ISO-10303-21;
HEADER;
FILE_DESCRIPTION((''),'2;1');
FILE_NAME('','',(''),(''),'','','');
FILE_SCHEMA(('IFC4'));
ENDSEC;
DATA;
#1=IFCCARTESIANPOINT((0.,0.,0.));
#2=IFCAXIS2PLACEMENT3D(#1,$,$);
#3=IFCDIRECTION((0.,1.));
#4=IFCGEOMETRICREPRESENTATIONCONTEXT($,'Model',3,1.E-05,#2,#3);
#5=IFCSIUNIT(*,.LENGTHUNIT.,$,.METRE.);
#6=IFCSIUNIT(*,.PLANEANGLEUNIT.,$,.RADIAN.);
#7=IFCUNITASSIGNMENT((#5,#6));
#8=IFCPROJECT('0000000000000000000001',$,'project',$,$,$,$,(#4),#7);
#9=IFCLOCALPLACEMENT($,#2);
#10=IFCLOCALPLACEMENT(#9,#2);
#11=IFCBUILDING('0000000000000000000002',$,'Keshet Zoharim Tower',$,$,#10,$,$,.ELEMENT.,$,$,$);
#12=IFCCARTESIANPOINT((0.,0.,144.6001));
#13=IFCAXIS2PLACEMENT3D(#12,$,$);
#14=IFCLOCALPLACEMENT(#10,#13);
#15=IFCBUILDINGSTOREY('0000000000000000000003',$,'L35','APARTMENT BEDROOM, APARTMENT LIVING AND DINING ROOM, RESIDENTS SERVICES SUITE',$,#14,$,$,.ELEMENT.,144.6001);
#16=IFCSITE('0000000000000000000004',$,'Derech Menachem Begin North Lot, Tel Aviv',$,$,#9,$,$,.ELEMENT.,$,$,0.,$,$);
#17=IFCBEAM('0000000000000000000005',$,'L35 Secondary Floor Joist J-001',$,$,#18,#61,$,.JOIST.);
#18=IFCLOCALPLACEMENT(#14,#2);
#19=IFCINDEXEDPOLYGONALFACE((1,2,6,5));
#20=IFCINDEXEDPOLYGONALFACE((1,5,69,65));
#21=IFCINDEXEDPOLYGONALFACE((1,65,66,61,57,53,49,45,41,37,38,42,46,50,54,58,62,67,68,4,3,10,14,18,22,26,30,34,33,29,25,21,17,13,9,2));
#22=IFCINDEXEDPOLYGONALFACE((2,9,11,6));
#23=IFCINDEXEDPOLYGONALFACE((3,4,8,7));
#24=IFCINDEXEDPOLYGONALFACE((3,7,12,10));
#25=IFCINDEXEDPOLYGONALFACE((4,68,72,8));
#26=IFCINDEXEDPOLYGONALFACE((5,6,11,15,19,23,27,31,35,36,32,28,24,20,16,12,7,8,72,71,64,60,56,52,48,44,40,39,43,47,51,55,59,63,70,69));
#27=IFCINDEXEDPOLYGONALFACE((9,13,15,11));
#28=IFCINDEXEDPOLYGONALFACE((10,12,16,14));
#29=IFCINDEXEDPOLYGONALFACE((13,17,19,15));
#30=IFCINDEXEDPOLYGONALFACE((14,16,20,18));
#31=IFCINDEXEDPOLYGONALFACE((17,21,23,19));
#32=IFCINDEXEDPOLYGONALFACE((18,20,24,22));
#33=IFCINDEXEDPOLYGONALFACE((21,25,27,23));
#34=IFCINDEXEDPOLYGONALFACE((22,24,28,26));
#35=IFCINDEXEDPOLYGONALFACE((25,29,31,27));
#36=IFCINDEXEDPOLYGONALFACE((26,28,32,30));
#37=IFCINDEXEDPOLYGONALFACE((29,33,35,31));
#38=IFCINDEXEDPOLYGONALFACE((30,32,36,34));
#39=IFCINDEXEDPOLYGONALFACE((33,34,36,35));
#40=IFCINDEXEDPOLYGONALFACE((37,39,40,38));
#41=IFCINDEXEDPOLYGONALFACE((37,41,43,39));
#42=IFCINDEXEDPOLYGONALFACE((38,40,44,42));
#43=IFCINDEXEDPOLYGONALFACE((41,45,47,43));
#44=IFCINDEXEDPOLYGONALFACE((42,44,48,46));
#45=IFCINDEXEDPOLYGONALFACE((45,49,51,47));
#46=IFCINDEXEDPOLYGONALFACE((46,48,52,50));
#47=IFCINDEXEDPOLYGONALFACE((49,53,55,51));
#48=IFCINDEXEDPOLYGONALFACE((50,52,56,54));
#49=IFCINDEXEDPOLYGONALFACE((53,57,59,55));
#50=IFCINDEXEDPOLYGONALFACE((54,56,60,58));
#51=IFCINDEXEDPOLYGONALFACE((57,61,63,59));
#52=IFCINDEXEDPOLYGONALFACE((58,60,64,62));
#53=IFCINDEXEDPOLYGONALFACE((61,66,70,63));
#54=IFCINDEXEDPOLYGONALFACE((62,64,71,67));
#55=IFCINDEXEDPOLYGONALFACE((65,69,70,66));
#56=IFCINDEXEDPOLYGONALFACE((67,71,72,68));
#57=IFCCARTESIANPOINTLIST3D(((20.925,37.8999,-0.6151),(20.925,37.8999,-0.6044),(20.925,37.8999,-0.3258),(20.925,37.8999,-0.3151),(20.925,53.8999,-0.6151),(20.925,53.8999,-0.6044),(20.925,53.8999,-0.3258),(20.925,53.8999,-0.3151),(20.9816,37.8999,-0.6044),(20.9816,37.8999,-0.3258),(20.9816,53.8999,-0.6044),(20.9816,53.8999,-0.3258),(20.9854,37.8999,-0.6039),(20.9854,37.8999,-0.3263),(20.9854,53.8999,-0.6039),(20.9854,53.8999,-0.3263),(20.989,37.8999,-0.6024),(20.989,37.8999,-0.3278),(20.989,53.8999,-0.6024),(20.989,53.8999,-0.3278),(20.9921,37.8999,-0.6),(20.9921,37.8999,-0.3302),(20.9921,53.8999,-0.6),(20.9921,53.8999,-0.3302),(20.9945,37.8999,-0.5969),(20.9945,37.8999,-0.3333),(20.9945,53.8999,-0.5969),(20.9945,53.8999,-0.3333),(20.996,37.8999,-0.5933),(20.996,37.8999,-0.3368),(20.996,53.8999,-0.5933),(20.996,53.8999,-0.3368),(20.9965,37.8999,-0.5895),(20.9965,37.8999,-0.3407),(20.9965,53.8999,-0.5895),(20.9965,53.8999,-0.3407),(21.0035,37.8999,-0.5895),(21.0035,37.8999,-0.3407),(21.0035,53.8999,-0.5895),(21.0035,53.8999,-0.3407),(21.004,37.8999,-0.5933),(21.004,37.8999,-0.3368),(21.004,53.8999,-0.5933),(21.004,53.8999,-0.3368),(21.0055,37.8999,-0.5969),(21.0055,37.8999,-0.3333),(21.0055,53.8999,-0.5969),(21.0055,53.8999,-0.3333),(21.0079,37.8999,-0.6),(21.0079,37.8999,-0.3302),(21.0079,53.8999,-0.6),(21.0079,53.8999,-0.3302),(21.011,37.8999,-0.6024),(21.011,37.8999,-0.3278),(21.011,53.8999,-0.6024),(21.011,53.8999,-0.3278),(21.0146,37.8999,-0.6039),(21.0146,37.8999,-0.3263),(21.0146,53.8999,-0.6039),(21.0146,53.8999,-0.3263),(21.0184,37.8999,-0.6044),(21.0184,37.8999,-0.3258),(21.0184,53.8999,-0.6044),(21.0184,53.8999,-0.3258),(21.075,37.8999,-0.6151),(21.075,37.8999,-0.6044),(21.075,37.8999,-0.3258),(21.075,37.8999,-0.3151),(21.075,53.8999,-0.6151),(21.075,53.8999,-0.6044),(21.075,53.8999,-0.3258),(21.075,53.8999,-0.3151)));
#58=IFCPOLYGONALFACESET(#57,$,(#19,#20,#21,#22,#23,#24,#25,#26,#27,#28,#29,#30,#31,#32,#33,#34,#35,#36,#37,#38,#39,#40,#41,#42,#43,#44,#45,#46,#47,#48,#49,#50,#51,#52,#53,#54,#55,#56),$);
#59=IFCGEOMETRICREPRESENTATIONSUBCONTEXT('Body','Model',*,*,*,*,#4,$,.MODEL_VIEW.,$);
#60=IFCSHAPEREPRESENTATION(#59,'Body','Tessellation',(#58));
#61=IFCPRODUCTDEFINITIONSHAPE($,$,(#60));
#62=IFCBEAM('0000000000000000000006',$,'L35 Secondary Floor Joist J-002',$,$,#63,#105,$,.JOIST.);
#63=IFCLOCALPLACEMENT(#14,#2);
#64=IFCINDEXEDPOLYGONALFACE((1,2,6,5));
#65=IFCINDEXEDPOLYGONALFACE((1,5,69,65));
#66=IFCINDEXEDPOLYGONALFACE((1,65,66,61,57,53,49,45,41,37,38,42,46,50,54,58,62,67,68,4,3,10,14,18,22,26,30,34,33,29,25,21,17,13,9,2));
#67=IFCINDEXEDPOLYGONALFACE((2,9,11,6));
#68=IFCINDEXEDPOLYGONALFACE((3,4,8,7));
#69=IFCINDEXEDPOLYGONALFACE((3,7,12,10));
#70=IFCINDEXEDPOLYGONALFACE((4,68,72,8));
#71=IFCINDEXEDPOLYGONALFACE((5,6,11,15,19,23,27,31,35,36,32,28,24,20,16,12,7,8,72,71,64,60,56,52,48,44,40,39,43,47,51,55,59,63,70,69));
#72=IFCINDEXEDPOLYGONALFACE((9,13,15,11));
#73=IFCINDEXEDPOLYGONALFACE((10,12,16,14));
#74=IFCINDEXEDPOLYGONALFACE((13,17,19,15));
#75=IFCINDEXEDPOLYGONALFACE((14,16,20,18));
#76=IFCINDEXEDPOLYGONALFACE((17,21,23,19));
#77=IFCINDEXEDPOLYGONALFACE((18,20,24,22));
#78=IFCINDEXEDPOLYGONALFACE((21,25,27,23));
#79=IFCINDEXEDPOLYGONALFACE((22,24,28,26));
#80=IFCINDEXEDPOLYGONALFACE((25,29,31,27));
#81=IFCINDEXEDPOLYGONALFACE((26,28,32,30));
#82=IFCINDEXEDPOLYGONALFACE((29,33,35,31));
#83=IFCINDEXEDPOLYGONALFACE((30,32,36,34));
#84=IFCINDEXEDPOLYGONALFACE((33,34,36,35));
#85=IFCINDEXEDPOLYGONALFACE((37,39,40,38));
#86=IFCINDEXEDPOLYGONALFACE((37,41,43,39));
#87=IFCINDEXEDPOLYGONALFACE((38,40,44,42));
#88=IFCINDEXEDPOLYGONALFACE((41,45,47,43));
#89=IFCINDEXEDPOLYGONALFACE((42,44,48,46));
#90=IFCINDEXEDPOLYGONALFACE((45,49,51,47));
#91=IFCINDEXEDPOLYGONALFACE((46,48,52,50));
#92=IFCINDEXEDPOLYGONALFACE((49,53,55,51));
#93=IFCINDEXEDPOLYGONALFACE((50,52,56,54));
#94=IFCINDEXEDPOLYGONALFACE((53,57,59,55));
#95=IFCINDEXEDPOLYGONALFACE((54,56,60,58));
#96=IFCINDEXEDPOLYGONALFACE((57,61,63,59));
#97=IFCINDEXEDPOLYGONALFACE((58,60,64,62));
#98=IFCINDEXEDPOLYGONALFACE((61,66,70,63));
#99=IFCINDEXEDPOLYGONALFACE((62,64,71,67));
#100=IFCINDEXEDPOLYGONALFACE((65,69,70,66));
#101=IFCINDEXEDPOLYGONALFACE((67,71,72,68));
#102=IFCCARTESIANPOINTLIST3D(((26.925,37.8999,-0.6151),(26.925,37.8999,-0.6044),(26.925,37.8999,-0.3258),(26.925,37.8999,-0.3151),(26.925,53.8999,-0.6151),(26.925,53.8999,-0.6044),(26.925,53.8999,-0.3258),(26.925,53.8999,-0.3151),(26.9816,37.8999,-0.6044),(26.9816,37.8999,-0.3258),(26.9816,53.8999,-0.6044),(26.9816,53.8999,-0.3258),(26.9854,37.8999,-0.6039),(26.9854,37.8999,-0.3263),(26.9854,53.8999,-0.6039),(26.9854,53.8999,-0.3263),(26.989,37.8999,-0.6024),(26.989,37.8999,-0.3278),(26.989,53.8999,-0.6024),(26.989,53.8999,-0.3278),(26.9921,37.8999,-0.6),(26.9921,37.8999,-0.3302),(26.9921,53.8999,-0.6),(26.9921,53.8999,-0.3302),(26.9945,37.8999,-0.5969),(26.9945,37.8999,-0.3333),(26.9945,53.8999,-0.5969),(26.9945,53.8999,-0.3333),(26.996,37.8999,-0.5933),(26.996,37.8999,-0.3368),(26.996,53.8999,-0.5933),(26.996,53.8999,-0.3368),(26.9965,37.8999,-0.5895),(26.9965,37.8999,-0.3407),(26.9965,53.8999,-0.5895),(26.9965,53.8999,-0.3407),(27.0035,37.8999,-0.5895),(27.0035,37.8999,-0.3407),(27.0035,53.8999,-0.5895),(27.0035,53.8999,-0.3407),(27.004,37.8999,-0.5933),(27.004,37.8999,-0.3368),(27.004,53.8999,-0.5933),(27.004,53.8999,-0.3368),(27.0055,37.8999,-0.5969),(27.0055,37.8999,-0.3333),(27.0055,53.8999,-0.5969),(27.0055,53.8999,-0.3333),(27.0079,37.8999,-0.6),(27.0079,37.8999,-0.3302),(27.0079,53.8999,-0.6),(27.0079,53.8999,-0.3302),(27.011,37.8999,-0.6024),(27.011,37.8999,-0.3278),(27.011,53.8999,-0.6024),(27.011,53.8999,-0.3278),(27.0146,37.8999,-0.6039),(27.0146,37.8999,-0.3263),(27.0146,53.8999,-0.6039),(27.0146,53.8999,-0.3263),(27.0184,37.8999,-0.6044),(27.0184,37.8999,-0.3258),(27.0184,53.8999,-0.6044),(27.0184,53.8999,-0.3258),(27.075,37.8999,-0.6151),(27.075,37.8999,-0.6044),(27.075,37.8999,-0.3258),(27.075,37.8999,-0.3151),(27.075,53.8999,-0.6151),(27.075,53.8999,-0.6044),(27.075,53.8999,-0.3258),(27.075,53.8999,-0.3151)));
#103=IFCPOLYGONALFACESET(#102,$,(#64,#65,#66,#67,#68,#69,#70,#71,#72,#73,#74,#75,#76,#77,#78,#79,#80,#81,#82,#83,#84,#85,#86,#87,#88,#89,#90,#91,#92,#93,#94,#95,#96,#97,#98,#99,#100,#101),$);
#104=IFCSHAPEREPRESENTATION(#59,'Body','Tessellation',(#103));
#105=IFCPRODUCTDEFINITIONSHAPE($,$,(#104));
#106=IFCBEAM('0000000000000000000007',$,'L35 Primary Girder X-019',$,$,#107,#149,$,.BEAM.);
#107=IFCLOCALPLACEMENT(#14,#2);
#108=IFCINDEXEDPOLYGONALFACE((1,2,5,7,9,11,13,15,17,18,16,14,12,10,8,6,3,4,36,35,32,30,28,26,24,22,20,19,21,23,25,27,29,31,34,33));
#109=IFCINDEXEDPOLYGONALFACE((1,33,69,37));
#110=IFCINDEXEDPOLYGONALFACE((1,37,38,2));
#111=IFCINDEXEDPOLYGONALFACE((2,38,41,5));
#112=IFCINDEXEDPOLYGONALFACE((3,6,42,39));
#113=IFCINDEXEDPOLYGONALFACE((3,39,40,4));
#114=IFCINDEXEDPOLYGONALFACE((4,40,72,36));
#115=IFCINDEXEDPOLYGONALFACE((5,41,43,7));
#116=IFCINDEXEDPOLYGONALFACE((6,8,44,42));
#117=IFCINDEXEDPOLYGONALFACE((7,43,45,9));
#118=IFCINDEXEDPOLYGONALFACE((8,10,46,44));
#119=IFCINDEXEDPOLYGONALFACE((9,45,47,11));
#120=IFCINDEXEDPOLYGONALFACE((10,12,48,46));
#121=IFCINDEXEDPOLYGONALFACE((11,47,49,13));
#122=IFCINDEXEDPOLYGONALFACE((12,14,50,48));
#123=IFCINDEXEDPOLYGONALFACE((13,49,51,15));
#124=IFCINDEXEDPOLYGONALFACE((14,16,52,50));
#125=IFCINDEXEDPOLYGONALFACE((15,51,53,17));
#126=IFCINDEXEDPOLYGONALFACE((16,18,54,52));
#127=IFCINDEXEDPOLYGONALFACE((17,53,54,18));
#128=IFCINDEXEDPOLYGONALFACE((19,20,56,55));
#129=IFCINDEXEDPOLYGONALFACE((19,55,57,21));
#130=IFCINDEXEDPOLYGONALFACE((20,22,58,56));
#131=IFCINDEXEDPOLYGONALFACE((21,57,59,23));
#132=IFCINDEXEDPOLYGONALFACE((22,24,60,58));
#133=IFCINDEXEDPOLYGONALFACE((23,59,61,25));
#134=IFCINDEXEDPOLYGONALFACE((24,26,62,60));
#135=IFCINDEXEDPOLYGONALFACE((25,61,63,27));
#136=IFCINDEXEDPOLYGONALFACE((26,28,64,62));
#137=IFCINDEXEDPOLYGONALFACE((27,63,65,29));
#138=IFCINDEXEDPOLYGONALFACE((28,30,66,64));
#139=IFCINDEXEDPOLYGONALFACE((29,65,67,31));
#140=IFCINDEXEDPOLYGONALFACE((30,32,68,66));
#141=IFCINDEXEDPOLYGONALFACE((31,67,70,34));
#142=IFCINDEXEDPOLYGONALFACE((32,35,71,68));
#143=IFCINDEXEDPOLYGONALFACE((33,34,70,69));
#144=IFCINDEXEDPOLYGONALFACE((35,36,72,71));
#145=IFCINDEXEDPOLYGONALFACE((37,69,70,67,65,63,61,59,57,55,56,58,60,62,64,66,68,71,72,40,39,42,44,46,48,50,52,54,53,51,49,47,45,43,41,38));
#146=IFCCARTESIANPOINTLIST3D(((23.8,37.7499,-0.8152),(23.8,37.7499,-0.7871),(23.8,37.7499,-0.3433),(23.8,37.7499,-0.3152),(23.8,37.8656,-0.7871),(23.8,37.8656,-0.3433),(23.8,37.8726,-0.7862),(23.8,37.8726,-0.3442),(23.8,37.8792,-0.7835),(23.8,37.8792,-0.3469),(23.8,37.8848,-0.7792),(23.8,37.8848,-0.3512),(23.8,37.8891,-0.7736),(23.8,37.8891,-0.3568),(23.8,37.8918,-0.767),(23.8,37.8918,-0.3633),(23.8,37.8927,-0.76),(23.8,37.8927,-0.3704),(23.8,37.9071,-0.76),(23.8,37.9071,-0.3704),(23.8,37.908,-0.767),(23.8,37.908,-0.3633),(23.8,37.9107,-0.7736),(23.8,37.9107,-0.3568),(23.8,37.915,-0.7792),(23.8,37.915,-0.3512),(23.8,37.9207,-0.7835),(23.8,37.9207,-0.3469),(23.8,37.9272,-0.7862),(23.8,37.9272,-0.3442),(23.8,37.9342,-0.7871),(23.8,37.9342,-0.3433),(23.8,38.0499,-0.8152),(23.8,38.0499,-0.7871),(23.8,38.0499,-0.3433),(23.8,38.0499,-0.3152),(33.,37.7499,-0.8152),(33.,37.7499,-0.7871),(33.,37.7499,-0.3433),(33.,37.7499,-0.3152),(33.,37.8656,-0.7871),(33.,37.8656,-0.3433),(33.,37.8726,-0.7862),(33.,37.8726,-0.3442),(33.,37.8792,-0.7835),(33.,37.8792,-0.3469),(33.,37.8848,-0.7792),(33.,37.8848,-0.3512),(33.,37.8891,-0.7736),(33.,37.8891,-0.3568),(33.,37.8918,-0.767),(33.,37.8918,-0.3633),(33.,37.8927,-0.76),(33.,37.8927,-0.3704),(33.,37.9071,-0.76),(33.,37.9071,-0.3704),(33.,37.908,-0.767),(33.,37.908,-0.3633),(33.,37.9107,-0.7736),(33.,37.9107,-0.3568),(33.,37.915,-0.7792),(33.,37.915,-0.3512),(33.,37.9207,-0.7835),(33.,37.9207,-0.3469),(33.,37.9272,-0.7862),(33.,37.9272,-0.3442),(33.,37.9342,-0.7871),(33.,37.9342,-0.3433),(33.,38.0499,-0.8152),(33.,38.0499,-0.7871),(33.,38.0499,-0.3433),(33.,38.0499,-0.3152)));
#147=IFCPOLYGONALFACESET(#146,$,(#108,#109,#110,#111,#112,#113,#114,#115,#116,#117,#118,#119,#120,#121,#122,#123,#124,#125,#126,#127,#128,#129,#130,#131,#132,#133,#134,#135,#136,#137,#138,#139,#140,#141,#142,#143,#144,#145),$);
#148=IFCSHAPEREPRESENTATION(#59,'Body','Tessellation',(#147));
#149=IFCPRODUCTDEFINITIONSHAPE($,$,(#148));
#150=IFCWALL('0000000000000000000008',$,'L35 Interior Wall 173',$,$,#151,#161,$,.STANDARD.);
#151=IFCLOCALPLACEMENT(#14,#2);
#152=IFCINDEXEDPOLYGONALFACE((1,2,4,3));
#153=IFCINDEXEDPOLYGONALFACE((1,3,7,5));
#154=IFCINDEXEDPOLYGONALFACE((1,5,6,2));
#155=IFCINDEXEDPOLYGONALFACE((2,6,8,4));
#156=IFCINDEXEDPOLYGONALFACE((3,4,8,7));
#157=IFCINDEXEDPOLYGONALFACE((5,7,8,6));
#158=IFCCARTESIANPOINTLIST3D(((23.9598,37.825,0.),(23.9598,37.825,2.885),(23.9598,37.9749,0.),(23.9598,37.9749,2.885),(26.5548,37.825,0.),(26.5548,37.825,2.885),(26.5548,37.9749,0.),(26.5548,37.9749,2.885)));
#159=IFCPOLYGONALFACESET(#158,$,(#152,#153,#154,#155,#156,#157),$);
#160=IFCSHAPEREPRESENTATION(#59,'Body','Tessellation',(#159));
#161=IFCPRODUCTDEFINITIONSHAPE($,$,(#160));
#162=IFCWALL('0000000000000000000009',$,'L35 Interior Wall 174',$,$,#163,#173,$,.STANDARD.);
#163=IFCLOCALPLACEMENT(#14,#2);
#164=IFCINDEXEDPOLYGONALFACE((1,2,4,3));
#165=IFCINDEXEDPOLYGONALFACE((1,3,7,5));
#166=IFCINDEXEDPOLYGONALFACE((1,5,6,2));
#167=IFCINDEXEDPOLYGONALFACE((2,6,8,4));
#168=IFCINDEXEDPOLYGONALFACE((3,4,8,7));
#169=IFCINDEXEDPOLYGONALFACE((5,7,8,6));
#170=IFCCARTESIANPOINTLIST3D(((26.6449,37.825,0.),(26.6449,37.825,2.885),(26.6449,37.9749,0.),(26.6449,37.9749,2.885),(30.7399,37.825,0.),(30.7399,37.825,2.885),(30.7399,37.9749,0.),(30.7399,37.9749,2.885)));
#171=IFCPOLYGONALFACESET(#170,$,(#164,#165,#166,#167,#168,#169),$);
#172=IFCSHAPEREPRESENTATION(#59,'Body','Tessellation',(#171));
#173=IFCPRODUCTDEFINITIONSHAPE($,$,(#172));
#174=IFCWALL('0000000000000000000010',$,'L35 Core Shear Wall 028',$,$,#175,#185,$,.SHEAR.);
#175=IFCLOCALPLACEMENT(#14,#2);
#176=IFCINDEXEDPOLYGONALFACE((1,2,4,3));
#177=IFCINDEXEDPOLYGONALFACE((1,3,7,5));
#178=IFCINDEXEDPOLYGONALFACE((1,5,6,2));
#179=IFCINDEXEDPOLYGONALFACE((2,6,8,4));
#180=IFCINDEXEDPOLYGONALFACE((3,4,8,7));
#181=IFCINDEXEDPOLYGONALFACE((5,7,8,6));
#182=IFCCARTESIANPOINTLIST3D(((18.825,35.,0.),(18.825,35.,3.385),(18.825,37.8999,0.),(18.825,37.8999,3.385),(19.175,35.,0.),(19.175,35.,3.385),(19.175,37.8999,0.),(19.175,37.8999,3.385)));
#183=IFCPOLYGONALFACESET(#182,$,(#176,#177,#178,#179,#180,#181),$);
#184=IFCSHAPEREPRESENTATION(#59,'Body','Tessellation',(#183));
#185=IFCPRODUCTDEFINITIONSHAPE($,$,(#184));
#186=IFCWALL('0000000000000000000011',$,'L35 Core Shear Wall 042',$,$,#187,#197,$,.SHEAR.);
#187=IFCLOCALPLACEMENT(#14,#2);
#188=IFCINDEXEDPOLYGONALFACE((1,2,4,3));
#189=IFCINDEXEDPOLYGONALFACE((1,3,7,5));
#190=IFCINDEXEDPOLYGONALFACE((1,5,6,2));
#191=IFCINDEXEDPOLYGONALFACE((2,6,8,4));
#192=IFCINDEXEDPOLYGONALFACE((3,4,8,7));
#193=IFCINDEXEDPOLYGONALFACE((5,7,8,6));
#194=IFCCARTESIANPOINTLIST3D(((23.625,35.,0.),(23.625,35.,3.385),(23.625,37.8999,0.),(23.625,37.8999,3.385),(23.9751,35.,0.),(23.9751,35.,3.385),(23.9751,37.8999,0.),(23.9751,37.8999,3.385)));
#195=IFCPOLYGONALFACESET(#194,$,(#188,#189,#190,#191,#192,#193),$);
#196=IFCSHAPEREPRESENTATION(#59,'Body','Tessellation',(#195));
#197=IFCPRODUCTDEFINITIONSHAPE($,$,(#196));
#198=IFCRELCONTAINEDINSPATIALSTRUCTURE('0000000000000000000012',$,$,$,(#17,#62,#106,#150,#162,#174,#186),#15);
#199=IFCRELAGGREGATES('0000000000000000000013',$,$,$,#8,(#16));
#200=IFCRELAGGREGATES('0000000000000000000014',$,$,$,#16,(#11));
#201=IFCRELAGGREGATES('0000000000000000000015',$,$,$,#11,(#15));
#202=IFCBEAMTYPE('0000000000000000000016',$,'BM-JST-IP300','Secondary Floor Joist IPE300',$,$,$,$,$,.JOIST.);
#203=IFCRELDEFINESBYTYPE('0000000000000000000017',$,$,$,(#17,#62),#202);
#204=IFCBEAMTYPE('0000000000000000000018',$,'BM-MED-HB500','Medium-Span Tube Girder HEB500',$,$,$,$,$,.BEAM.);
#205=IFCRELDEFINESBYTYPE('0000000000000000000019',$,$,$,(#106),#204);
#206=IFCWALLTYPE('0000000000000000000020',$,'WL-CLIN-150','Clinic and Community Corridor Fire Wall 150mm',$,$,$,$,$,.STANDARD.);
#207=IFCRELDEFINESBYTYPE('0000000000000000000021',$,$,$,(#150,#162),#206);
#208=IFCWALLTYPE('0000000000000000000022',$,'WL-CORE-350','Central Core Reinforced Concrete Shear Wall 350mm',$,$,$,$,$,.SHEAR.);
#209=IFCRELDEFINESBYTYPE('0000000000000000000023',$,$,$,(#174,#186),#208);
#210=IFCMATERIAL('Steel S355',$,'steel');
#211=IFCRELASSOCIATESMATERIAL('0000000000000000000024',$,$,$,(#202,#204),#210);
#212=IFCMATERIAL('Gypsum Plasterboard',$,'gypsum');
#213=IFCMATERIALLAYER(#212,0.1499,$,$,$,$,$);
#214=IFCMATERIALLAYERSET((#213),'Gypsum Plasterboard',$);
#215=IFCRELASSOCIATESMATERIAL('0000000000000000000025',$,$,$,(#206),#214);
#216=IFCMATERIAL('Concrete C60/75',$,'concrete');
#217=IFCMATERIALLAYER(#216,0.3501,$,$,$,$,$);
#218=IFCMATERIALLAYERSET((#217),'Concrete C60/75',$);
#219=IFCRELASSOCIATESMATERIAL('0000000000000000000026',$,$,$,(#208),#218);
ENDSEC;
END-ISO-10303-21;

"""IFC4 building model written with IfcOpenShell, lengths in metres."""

from ifc_helpers import new_model, si_unit, direction, frame, frame_2d, origin, origin_2d, place, context, subcontext, project, spatial, rectangle, i_section, extrude, material, layer, layer_set, material_profile, profile_set, type_object, element, save


model = new_model("IFC4")

# Units and contexts
model_context = context("Model", 3, precision=1e-05, world=origin(), true_north=direction((0.0, 1.0)))
body_context = subcontext(model_context, "Body", "Model", "MODEL_VIEW")
ifc_project = project(units=[si_unit("LENGTHUNIT", "METRE"), si_unit("PLANEANGLEUNIT", "RADIAN")], contexts=[model_context])

# Site, building, storey
site_placement = place(None, origin())
site = spatial("IfcSite", under=ifc_project, at=site_placement, Name="Derech Menachem Begin North Lot, Tel Aviv", CompositionType="ELEMENT", RefElevation=0.0)
building_placement = place(site_placement, origin())
building = spatial("IfcBuilding", under=site, at=building_placement, Name="Keshet Zoharim Tower", CompositionType="ELEMENT")
storey_placement = place(building_placement, frame((0.0, 0.0, 144.6001)))
storey = spatial("IfcBuildingStorey", under=building, at=storey_placement, Name="L35", Description="APARTMENT BEDROOM, APARTMENT LIVING AND DINING ROOM, RESIDENTS SERVICES SUITE", CompositionType="ELEMENT", Elevation=144.6001)

# Beams
ifc_material_1 = material(Name="Steel S355", Category="steel")
ifc_material_profile_1 = material_profile(ifc_material_1, i_section(OverallWidth=0.1499, OverallDepth=0.3, WebThickness=0.0071, FlangeThickness=0.0107, FilletRadius=0.0149, at=origin_2d()), Name="IPE300")
ifc_profile_set_1 = profile_set([ifc_material_profile_1], Name="Steel S355")
beam_type_1 = type_object("IfcBeamType", Name="BM-JST-IP300", Description="Secondary Floor Joist IPE300", PredefinedType="JOIST", material=ifc_profile_set_1)
for number, where, z_axis, x_axis, name in (
    (1, (21.0, 37.8999, -0.4651), (0.0, 1.0, 0.0), (-1.0, 0.0, 0.0), "L35 Secondary Floor Joist J-001"),
    (2, (27.0, 37.8999, -0.4651), (0.0, 1.0, 0.0), (-1.0, 0.0, 0.0), "L35 Secondary Floor Joist J-002"),
):
    element("IfcBeam", number, at=place(storey_placement, frame(where, z_axis=z_axis, x_axis=x_axis)), inside=storey, type_object=beam_type_1, Name=name, PredefinedType="JOIST", context=body_context, shape_type="SweptSolid", body=[
        extrude(i_section(OverallWidth=0.1499, OverallDepth=0.3, WebThickness=0.0071, FlangeThickness=0.0107, FilletRadius=0.0149, at=origin_2d()), origin(), (0.0, 0.0, 1.0), 16.0),
    ])
ifc_material_profile_2 = material_profile(ifc_material_1, i_section(OverallWidth=0.3, OverallDepth=0.5, WebThickness=0.0144, FlangeThickness=0.0281, FilletRadius=0.0271, at=origin_2d()), Name="HEB500")
ifc_profile_set_2 = profile_set([ifc_material_profile_2], Name="Steel S355")
beam_type_2 = type_object("IfcBeamType", Name="BM-MED-HB500", Description="Medium-Span Tube Girder HEB500", PredefinedType="BEAM", material=ifc_profile_set_2)
beam_placement = place(storey_placement, frame((23.8, 37.8999, -0.5652), z_axis=(1.0, 0.0, 0.0), x_axis=(0.0, 1.0, 0.0)))
element("IfcBeam", 3, at=beam_placement, inside=storey, type_object=beam_type_2, Name="L35 Primary Girder X-019", PredefinedType="BEAM", context=body_context, shape_type="SweptSolid", body=[
    extrude(i_section(OverallWidth=0.3, OverallDepth=0.5, WebThickness=0.0144, FlangeThickness=0.0281, FilletRadius=0.0271, at=origin_2d()), origin(), (0.0, 0.0, 1.0), 9.2),
])

# Walls
ifc_material_2 = material(Name="Gypsum Plasterboard", Category="gypsum")
ifc_layer_1 = layer(ifc_material_2, 0.1499)
ifc_layer_set_1 = layer_set([ifc_layer_1], Name="Gypsum Plasterboard")
wall_type_1 = type_object("IfcWallType", Name="WL-CLIN-150", Description="Clinic and Community Corridor Fire Wall 150mm", PredefinedType="STANDARD", material=ifc_layer_set_1)
wall_1_placement = place(storey_placement, frame((23.96, 37.8999, 0.0), z_axis=(0.0, 0.0, 1.0), x_axis=(1.0, 0.0, 0.0)))
element("IfcWall", 4, at=wall_1_placement, inside=storey, type_object=wall_type_1, Name="L35 Interior Wall 173", PredefinedType="STANDARD", context=body_context, shape_type="SweptSolid", body=[
    extrude(rectangle(XDim=2.595, YDim=0.1499, at=frame_2d((1.2974, 0.0))), origin(), (0.0, 0.0, 1.0), 2.885),
])
wall_2_placement = place(storey_placement, frame((26.645, 37.8999, 0.0), z_axis=(0.0, 0.0, 1.0), x_axis=(1.0, 0.0, 0.0)))
element("IfcWall", 5, at=wall_2_placement, inside=storey, type_object=wall_type_1, Name="L35 Interior Wall 174", PredefinedType="STANDARD", context=body_context, shape_type="SweptSolid", body=[
    extrude(rectangle(XDim=4.095, YDim=0.1499, at=frame_2d((2.0474, 0.0))), origin(), (0.0, 0.0, 1.0), 2.885),
])
ifc_material_3 = material(Name="Concrete C60/75", Category="concrete")
ifc_layer_2 = layer(ifc_material_3, 0.3501)
ifc_layer_set_2 = layer_set([ifc_layer_2], Name="Concrete C60/75")
wall_type_2 = type_object("IfcWallType", Name="WL-CORE-350", Description="Central Core Reinforced Concrete Shear Wall 350mm", PredefinedType="SHEAR", material=ifc_layer_set_2)
for number, where, z_axis, x_axis, name in (
    (6, (19.0, 35.0, 0.0), (0.0, 0.0, 1.0), (0.0, 1.0, 0.0), "L35 Core Shear Wall 028"),
    (7, (23.8, 35.0, 0.0), (0.0, 0.0, 1.0), (0.0, 1.0, 0.0), "L35 Core Shear Wall 042"),
):
    element("IfcWall", number, at=place(storey_placement, frame(where, z_axis=z_axis, x_axis=x_axis)), inside=storey, type_object=wall_type_2, Name=name, PredefinedType="SHEAR", context=body_context, shape_type="SweptSolid", body=[
        extrude(rectangle(XDim=2.8999, YDim=0.3501, at=frame_2d((1.45, 0.0))), origin(), (0.0, 0.0, 1.0), 3.385),
    ])

save(model, "model.ifc")
